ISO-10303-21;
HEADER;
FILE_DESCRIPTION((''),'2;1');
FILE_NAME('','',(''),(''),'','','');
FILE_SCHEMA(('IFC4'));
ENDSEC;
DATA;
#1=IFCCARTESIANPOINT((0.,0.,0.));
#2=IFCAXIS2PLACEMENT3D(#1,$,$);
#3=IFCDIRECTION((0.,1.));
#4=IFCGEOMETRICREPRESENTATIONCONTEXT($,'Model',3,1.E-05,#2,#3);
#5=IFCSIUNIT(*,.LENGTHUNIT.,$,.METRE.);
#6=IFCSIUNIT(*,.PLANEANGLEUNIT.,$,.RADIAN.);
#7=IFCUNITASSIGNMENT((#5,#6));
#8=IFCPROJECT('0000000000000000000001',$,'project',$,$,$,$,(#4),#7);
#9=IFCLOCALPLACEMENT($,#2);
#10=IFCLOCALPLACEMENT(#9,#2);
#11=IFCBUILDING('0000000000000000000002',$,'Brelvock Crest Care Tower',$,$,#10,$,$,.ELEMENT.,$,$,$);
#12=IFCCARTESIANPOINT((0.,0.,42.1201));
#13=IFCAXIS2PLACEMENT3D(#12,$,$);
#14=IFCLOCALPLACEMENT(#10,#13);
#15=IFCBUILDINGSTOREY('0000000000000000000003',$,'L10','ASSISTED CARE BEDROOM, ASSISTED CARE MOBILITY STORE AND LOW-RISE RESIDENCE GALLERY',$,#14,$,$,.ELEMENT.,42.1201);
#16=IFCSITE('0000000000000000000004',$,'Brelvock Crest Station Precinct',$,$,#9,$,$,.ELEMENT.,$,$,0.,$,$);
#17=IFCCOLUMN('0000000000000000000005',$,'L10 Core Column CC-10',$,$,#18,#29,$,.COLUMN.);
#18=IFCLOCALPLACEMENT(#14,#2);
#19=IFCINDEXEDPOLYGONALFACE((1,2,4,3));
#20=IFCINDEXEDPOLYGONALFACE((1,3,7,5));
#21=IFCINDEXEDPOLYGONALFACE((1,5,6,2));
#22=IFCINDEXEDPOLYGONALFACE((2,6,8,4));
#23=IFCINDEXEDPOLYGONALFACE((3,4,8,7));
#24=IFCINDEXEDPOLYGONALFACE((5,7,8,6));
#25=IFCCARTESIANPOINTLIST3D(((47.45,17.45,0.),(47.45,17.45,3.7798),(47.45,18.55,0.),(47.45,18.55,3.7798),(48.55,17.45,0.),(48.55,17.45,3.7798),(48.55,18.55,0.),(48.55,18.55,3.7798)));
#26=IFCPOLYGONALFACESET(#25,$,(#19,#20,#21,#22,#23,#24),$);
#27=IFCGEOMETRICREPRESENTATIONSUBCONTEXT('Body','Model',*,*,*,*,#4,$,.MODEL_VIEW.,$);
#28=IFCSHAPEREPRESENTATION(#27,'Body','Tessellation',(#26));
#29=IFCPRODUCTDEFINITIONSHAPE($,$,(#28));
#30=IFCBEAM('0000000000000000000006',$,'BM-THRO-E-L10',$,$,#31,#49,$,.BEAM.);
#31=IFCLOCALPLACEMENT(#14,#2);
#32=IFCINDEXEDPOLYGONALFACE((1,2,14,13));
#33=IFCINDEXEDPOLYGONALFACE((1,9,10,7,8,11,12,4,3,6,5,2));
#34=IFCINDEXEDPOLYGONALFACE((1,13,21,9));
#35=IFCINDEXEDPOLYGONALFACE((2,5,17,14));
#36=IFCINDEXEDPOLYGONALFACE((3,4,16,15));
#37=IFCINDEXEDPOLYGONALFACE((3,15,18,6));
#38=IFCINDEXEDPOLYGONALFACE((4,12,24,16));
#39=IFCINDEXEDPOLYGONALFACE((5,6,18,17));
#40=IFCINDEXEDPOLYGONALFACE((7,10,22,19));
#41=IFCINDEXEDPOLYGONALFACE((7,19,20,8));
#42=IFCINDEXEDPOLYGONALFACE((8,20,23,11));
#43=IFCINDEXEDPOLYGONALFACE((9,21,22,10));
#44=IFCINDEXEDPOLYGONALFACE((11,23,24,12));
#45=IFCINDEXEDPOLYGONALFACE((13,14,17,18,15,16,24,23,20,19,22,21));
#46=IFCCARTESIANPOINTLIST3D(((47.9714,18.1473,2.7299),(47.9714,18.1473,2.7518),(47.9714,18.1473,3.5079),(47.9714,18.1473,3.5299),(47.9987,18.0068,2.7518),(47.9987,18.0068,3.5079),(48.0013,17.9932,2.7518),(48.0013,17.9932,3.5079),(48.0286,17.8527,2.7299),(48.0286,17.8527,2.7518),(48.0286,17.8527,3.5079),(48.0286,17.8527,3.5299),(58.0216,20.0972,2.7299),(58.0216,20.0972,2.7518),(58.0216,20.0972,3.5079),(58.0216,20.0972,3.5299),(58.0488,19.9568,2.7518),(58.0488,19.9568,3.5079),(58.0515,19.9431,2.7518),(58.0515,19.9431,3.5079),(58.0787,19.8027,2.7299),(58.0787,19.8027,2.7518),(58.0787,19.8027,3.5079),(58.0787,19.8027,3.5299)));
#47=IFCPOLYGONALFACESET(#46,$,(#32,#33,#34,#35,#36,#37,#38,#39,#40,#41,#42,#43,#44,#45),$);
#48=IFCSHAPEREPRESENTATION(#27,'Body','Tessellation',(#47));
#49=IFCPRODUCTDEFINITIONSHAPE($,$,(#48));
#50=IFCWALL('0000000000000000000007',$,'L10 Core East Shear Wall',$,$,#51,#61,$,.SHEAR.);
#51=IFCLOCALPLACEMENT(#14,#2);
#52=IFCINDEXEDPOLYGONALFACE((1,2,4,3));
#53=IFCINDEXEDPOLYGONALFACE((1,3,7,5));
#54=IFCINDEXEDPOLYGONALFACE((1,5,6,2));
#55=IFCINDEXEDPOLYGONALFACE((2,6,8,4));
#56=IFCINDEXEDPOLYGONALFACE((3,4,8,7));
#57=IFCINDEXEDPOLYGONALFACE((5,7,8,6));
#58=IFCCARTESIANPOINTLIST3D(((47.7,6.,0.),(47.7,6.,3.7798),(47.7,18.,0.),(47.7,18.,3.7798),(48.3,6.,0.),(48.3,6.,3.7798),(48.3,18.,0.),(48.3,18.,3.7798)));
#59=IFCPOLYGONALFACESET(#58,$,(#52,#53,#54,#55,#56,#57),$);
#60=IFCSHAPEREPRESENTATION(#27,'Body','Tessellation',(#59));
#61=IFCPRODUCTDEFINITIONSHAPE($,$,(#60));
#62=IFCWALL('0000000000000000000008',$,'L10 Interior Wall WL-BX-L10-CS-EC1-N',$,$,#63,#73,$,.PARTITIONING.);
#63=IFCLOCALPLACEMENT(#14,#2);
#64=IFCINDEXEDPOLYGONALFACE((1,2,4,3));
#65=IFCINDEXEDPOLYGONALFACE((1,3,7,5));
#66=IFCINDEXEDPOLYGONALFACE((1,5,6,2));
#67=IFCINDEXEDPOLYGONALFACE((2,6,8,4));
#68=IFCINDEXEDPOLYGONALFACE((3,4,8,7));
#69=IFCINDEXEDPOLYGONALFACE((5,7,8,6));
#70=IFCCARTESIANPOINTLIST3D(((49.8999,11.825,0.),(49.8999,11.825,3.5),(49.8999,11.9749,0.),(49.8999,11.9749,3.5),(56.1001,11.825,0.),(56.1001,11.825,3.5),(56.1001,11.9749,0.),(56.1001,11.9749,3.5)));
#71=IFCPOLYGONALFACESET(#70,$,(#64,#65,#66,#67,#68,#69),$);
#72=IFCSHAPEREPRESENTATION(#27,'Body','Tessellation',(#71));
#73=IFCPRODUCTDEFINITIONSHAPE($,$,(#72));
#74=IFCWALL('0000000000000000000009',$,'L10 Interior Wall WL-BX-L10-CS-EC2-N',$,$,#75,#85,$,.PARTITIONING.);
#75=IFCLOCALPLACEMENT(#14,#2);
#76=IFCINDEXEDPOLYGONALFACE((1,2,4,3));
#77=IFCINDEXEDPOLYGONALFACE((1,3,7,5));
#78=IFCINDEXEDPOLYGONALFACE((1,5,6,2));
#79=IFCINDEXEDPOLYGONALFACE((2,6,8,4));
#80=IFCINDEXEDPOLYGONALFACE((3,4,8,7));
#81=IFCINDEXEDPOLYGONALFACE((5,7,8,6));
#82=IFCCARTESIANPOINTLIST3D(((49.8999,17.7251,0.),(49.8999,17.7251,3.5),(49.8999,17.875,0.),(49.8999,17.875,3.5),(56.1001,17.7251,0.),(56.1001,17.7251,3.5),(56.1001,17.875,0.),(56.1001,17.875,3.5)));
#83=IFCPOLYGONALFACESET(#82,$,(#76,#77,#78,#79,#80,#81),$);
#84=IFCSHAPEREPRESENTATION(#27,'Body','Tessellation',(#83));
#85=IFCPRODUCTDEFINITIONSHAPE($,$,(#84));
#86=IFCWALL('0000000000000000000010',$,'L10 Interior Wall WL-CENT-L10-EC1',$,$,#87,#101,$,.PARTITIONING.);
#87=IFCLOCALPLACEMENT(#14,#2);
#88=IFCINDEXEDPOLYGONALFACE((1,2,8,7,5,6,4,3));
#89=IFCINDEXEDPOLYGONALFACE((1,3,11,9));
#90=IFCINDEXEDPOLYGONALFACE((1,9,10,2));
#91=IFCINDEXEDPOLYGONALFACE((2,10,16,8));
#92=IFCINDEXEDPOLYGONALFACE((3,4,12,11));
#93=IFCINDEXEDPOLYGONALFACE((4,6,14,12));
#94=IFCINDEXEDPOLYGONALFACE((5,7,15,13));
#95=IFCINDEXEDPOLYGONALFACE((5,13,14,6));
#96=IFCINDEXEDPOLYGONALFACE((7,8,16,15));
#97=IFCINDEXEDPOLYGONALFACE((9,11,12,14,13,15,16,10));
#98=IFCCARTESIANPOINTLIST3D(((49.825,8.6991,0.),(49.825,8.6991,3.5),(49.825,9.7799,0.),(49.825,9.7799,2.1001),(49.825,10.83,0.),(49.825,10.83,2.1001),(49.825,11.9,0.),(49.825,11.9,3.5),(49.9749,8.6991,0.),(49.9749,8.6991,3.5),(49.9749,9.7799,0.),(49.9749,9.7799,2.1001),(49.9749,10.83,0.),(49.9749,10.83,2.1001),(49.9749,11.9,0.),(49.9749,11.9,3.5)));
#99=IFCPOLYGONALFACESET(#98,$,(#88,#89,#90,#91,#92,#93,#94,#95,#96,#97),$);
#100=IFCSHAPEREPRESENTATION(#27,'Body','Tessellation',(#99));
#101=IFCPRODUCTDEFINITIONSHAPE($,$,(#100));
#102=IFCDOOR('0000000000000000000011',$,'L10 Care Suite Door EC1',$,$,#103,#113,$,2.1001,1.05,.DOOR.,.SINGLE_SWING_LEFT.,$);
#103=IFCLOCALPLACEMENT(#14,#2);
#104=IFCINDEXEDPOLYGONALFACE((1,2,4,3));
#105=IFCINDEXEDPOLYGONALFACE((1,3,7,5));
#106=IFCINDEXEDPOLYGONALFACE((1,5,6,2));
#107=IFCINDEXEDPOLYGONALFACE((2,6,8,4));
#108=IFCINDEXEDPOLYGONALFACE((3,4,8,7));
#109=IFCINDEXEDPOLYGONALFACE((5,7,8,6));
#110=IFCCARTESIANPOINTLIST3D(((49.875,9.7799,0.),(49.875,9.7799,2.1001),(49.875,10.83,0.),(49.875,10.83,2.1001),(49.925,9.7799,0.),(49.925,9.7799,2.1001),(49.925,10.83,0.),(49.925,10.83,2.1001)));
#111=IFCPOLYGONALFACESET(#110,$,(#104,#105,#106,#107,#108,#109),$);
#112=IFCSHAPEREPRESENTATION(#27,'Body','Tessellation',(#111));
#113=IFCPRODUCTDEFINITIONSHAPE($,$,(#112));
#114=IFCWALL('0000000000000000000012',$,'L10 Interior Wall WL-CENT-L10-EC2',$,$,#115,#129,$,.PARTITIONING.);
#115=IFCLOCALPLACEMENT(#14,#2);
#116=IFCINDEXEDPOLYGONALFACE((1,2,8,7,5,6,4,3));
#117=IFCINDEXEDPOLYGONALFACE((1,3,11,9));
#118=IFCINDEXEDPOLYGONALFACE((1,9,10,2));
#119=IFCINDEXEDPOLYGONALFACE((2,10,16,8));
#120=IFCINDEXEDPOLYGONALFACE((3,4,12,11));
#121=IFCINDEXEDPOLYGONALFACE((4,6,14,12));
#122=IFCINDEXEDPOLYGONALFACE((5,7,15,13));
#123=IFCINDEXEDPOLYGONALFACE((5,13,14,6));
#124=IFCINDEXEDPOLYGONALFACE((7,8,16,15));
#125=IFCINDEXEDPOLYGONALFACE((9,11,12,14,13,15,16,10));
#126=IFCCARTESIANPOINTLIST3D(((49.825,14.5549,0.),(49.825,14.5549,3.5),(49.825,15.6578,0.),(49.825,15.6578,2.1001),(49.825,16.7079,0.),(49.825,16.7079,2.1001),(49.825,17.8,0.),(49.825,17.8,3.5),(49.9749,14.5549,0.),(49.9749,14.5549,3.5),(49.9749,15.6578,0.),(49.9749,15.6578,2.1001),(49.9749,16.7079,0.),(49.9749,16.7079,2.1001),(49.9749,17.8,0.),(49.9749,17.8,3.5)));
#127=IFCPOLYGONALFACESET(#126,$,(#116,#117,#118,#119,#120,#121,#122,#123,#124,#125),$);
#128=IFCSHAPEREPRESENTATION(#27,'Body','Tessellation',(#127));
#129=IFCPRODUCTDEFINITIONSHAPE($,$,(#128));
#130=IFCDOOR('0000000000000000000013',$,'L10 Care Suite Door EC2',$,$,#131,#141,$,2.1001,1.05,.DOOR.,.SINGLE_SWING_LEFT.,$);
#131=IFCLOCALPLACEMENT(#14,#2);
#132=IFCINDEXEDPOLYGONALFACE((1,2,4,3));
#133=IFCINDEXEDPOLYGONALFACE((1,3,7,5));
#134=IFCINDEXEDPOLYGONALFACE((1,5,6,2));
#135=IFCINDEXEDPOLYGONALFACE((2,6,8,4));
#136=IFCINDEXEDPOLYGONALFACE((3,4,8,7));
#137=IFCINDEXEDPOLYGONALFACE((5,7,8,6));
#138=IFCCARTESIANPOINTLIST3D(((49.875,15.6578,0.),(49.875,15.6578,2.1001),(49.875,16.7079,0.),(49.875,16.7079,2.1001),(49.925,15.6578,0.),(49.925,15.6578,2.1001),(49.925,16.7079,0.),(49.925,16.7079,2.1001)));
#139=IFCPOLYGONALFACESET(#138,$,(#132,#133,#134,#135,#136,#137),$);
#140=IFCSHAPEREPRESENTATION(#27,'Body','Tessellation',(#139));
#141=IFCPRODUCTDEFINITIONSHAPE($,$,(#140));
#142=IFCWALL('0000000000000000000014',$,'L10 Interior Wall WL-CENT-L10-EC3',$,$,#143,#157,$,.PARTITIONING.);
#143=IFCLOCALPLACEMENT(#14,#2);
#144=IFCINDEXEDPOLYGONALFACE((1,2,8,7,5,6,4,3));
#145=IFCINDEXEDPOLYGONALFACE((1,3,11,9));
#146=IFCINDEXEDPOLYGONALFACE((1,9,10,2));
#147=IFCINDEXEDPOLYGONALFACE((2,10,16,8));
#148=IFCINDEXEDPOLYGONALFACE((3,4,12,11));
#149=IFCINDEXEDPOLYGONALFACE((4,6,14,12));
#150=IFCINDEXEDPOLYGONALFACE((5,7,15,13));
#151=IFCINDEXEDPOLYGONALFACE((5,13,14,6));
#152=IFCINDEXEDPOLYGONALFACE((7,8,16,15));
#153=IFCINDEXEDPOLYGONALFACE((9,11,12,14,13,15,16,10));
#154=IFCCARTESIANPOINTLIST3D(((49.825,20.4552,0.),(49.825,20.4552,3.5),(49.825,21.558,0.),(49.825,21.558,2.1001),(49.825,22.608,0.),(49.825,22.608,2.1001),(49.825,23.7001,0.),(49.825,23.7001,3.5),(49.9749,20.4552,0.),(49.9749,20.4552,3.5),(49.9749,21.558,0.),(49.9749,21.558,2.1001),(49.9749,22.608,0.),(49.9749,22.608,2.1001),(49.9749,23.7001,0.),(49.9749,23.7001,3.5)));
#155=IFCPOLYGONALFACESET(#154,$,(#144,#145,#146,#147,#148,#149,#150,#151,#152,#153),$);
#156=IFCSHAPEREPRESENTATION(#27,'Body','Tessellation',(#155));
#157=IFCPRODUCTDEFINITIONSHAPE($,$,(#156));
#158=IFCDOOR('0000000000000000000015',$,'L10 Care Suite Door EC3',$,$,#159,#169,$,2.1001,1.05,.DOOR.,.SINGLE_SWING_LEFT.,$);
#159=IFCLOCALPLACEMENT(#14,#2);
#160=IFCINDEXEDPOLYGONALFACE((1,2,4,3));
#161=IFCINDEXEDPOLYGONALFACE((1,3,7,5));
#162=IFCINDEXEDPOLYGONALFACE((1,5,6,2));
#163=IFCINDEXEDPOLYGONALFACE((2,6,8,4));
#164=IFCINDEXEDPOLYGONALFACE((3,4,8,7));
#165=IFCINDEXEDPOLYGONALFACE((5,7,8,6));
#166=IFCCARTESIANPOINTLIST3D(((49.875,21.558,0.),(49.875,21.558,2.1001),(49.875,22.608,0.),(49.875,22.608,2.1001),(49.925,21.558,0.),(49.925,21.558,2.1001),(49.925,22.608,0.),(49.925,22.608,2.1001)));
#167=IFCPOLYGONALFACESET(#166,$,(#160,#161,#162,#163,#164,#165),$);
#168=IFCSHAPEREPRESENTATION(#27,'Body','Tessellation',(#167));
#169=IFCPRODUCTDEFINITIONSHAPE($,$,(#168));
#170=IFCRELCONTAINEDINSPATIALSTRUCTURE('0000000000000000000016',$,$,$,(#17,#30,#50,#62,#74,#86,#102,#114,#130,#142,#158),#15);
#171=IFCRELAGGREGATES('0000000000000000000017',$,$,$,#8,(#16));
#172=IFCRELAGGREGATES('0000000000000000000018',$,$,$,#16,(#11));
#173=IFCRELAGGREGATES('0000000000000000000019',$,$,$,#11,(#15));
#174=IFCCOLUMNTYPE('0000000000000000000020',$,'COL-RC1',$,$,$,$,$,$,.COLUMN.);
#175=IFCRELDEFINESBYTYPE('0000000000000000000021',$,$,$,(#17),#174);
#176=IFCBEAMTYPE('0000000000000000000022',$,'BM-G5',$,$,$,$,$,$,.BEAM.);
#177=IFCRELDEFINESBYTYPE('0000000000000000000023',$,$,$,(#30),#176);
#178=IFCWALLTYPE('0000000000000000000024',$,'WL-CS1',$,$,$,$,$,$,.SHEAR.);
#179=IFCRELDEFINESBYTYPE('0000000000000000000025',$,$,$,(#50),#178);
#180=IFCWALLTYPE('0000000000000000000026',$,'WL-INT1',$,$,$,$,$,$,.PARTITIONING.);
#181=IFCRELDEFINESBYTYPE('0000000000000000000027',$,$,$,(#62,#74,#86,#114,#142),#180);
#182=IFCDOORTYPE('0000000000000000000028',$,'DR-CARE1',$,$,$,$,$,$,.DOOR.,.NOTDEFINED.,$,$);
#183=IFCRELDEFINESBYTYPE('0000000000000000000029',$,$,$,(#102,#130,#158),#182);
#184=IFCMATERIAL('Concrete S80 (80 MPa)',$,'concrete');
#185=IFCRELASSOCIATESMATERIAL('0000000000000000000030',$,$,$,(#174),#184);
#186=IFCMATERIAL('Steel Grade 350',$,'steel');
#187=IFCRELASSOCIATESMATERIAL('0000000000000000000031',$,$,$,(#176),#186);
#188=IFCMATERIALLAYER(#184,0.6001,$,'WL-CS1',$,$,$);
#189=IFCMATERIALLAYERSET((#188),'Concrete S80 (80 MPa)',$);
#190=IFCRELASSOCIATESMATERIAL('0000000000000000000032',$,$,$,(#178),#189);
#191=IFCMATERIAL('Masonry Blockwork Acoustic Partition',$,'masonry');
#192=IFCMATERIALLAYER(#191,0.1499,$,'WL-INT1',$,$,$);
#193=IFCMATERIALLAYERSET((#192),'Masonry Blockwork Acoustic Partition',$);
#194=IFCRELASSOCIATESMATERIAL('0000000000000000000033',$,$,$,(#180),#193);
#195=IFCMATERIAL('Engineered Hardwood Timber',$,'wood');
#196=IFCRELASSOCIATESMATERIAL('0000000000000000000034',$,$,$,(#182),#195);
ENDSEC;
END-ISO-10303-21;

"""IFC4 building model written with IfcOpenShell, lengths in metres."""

from ifc_helpers import new_model, si_unit, direction, frame, frame_2d, origin, origin_2d, place, context, subcontext, project, spatial, rectangle, i_section, extrude, source, transform, mapped, material, layer, layer_set, material_profile, profile_set, type_object, element, fill, save


model = new_model("IFC4")

# Units and contexts
model_context = context("Model", 3, precision=1e-05, world=origin(), true_north=direction((0.0, 1.0)))
body_context = subcontext(model_context, "Body", "Model", "MODEL_VIEW")
ifc_project = project(units=[si_unit("LENGTHUNIT", "METRE"), si_unit("PLANEANGLEUNIT", "RADIAN")], contexts=[model_context])

# Site, building, storey
site_placement = place(None, origin())
site = spatial("IfcSite", under=ifc_project, at=site_placement, Name="Brelvock Crest Station Precinct", CompositionType="ELEMENT", RefElevation=0.0)
building_placement = place(site_placement, origin())
building = spatial("IfcBuilding", under=site, at=building_placement, Name="Brelvock Crest Care Tower", CompositionType="ELEMENT")
storey_placement = place(building_placement, frame((0.0, 0.0, 42.1201)))
storey = spatial("IfcBuildingStorey", under=building, at=storey_placement, Name="L10", Description="ASSISTED CARE BEDROOM, ASSISTED CARE MOBILITY STORE AND LOW-RISE RESIDENCE GALLERY", CompositionType="ELEMENT", Elevation=42.1201)

# Column
ifc_material_1 = material(Name="Concrete S80 (80 MPa)", Category="concrete")
ifc_material_profile_1 = material_profile(ifc_material_1, rectangle(XDim=1.1001, YDim=1.1001, at=origin_2d()), Name="RC1100x1100")
ifc_profile_set_1 = profile_set([ifc_material_profile_1], Name="Concrete S80 (80 MPa)")
column_type = type_object("IfcColumnType", Name="COL-RC1", PredefinedType="COLUMN", material=ifc_profile_set_1)
shared_shape_1 = source(origin(), body_context, "Body", "SweptSolid", [
    extrude(rectangle(XDim=1.1001, YDim=1.1001, at=origin_2d()), origin(), (0.0, 0.0, 1.0), 3.7798),
])
column_placement = place(storey_placement, frame((48.0, 18.0, 0.0), z_axis=(0.0, 0.0, 1.0), x_axis=(1.0, 0.0, 0.0)))
element("IfcColumn", 1, at=column_placement, inside=storey, type_object=column_type, Name="L10 Core Column CC-10", PredefinedType="COLUMN", context=body_context, shape_type="MappedRepresentation", body=[
    mapped(shared_shape_1, transform((0.0, 0.0, 0.0), x_axis=(1.0, 0.0, 0.0), y_axis=(0.0, 1.0, 0.0), z_axis=(0.0, 0.0, 1.0), scale=1.0)),
])

# Beam
ifc_material_2 = material(Name="Steel Grade 350", Category="steel")
ifc_material_profile_2 = material_profile(ifc_material_2, i_section(OverallWidth=0.3, OverallDepth=0.8, WebThickness=0.0139, FlangeThickness=0.022, at=origin_2d()), Name="800WB192")
ifc_profile_set_2 = profile_set([ifc_material_profile_2], Name="Steel Grade 350")
beam_type = type_object("IfcBeamType", Name="BM-G5", PredefinedType="BEAM", material=ifc_profile_set_2)
shared_shape_2 = source(origin(), body_context, "Body", "SweptSolid", [
    extrude(i_section(OverallWidth=0.3, OverallDepth=0.8, WebThickness=0.0139, FlangeThickness=0.022, at=origin_2d()), origin(), (0.0, 0.0, 1.0), 10.2375),
])
beam_placement = place(storey_placement, frame((48.0, 18.0, 3.1299), z_axis=(0.981693, 0.190472, 0.0), x_axis=(-0.190472, 0.981693, 0.0)))
element("IfcBeam", 2, at=beam_placement, inside=storey, type_object=beam_type, Name="BM-THRO-E-L10", PredefinedType="BEAM", context=body_context, shape_type="MappedRepresentation", body=[
    mapped(shared_shape_2, transform((0.0, 0.0, 0.0), x_axis=(1.0, 0.0, 0.0), y_axis=(0.0, 1.0, 0.0), z_axis=(0.0, 0.0, 1.0), scale=1.0)),
])

# Walls
ifc_layer_1 = layer(ifc_material_1, 0.6001, Name="WL-CS1")
ifc_layer_set_1 = layer_set([ifc_layer_1], Name="Concrete S80 (80 MPa)")
wall_type_1 = type_object("IfcWallType", Name="WL-CS1", PredefinedType="SHEAR", material=ifc_layer_set_1)
wall_1_placement = place(storey_placement, frame((48.0, 18.0, 0.0), z_axis=(0.0, 0.0, 1.0), x_axis=(0.0, -1.0, 0.0)))
element("IfcWall", 3, at=wall_1_placement, inside=storey, type_object=wall_type_1, Name="L10 Core East Shear Wall", PredefinedType="SHEAR", context=body_context, shape_type="SweptSolid", body=[
    extrude(rectangle(XDim=12.0, YDim=0.6001, at=frame_2d((6.0, 0.0))), origin(), (0.0, 0.0, 1.0), 3.7798),
])
ifc_material_3 = material(Name="Masonry Blockwork Acoustic Partition", Category="masonry")
ifc_layer_2 = layer(ifc_material_3, 0.1499, Name="WL-INT1")
ifc_layer_set_2 = layer_set([ifc_layer_2], Name="Masonry Blockwork Acoustic Partition")
wall_type_2 = type_object("IfcWallType", Name="WL-INT1", PredefinedType="PARTITIONING", material=ifc_layer_set_2)
for number, where, z_axis, x_axis, name in (
    (4, (49.8999, 11.8999, 0.0), (0.0, 0.0, 1.0), (1.0, 0.0, 0.0), "L10 Interior Wall WL-BX-L10-CS-EC1-N"),
    (5, (49.8999, 17.8, 0.0), (0.0, 0.0, 1.0), (1.0, 0.0, 0.0), "L10 Interior Wall WL-BX-L10-CS-EC2-N"),
):
    element("IfcWall", number, at=place(storey_placement, frame(where, z_axis=z_axis, x_axis=x_axis)), inside=storey, type_object=wall_type_2, Name=name, PredefinedType="PARTITIONING", context=body_context, shape_type="SweptSolid", body=[
        extrude(rectangle(XDim=6.2002, YDim=0.1499, at=frame_2d((3.1001, 0.0))), origin(), (0.0, 0.0, 1.0), 3.5),
    ])

# Walls, openings, doors
wall_2_placement = place(storey_placement, frame((49.8999, 8.699, 0.0), z_axis=(0.0, 0.0, 1.0), x_axis=(0.0, 1.0, 0.0)))
wall_2 = element("IfcWall", 6, at=wall_2_placement, inside=storey, type_object=wall_type_2, Name="L10 Interior Wall WL-CENT-L10-EC1", PredefinedType="PARTITIONING", context=body_context, shape_type="SweptSolid", body=[
    extrude(rectangle(XDim=3.2009, YDim=0.1499, at=frame_2d((1.6006, 0.0))), origin(), (0.0, 0.0, 1.0), 3.5),
])
opening_1_placement = place(wall_2_placement, frame((1.0811, 0.0, 0.0)))
opening_1 = element("IfcOpeningElement", 7, at=opening_1_placement, cuts=wall_2, PredefinedType="OPENING", context=body_context, shape_type="SweptSolid", body=[
    extrude(rectangle(XDim=1.05, YDim=2.1001, at=origin_2d()), frame((0.5249, 0.085, 1.05), z_axis=(0.0, -1.0, 0.0), x_axis=(1.0, 0.0, 0.0)), (0.0, 0.0, 1.0), 0.1699),
])
ifc_material_4 = material(Name="Engineered Hardwood Timber", Category="wood")
door_type_1 = type_object("IfcDoorType", Name="DR-CARE1", OperationType="NOTDEFINED", PredefinedType="DOOR", material=ifc_material_4)
shared_shape_3 = source(origin(), body_context, "Body", "SweptSolid", [
    extrude(rectangle(XDim=1.05, YDim=2.1001, at=origin_2d()), frame((0.5249, 0.0249, 1.05), z_axis=(0.0, -1.0, 0.0), x_axis=(1.0, 0.0, 0.0)), (0.0, 0.0, 1.0), 0.05),
])
door_1_placement = place(opening_1_placement, origin())
door_1 = element("IfcDoor", 8, at=door_1_placement, inside=storey, type_object=door_type_1, Name="L10 Care Suite Door EC1", OperationType="SINGLE_SWING_LEFT", OverallHeight=2.1001, OverallWidth=1.05, PredefinedType="DOOR", context=body_context, shape_type="MappedRepresentation", body=[
    mapped(shared_shape_3, transform((0.0, 0.0, 0.0), x_axis=(1.0, 0.0, 0.0), y_axis=(0.0, 1.0, 0.0), z_axis=(0.0, 0.0, 1.0), scale=1.0)),
])
fill(opening_1, door_1)
wall_3_placement = place(storey_placement, frame((49.8999, 14.5549, 0.0), z_axis=(0.0, 0.0, 1.0), x_axis=(0.0, 1.0, 0.0)))
wall_3 = element("IfcWall", 9, at=wall_3_placement, inside=storey, type_object=wall_type_2, Name="L10 Interior Wall WL-CENT-L10-EC2", PredefinedType="PARTITIONING", context=body_context, shape_type="SweptSolid", body=[
    extrude(rectangle(XDim=3.2451, YDim=0.1499, at=frame_2d((1.6226, 0.0))), origin(), (0.0, 0.0, 1.0), 3.5),
])
opening_2_placement = place(wall_3_placement, frame((1.103, 0.0, 0.0)))
opening_2 = element("IfcOpeningElement", 10, at=opening_2_placement, cuts=wall_3, PredefinedType="OPENING", context=body_context, shape_type="SweptSolid", body=[
    extrude(rectangle(XDim=1.05, YDim=2.1001, at=origin_2d()), frame((0.5249, 0.085, 1.05), z_axis=(0.0, -1.0, 0.0), x_axis=(1.0, 0.0, 0.0)), (0.0, 0.0, 1.0), 0.1699),
])
door_2_placement = place(opening_2_placement, origin())
door_2 = element("IfcDoor", 11, at=door_2_placement, inside=storey, type_object=door_type_1, Name="L10 Care Suite Door EC2", OperationType="SINGLE_SWING_LEFT", OverallHeight=2.1001, OverallWidth=1.05, PredefinedType="DOOR", context=body_context, shape_type="MappedRepresentation", body=[
    mapped(shared_shape_3, transform((0.0, 0.0, 0.0), x_axis=(1.0, 0.0, 0.0), y_axis=(0.0, 1.0, 0.0), z_axis=(0.0, 0.0, 1.0), scale=1.0)),
])
fill(opening_2, door_2)
wall_4_placement = place(storey_placement, frame((49.8999, 20.4551, 0.0), z_axis=(0.0, 0.0, 1.0), x_axis=(0.0, 1.0, 0.0)))
wall_4 = element("IfcWall", 12, at=wall_4_placement, inside=storey, type_object=wall_type_2, Name="L10 Interior Wall WL-CENT-L10-EC3", PredefinedType="PARTITIONING", context=body_context, shape_type="SweptSolid", body=[
    extrude(rectangle(XDim=3.2449, YDim=0.1499, at=frame_2d((1.6226, 0.0))), origin(), (0.0, 0.0, 1.0), 3.5),
])
opening_3_placement = place(wall_4_placement, frame((1.103, 0.0, 0.0)))
opening_3 = element("IfcOpeningElement", 13, at=opening_3_placement, cuts=wall_4, PredefinedType="OPENING", context=body_context, shape_type="SweptSolid", body=[
    extrude(rectangle(XDim=1.05, YDim=2.1001, at=origin_2d()), frame((0.5249, 0.085, 1.05), z_axis=(0.0, -1.0, 0.0), x_axis=(1.0, 0.0, 0.0)), (0.0, 0.0, 1.0), 0.1699),
])
door_3_placement = place(opening_3_placement, origin())
door_3 = element("IfcDoor", 14, at=door_3_placement, inside=storey, type_object=door_type_1, Name="L10 Care Suite Door EC3", OperationType="SINGLE_SWING_LEFT", OverallHeight=2.1001, OverallWidth=1.05, PredefinedType="DOOR", context=body_context, shape_type="MappedRepresentation", body=[
    mapped(shared_shape_3, transform((0.0, 0.0, 0.0), x_axis=(1.0, 0.0, 0.0), y_axis=(0.0, 1.0, 0.0), z_axis=(0.0, 0.0, 1.0), scale=1.0)),
])
fill(opening_3, door_3)

save(model, "model.ifc")
